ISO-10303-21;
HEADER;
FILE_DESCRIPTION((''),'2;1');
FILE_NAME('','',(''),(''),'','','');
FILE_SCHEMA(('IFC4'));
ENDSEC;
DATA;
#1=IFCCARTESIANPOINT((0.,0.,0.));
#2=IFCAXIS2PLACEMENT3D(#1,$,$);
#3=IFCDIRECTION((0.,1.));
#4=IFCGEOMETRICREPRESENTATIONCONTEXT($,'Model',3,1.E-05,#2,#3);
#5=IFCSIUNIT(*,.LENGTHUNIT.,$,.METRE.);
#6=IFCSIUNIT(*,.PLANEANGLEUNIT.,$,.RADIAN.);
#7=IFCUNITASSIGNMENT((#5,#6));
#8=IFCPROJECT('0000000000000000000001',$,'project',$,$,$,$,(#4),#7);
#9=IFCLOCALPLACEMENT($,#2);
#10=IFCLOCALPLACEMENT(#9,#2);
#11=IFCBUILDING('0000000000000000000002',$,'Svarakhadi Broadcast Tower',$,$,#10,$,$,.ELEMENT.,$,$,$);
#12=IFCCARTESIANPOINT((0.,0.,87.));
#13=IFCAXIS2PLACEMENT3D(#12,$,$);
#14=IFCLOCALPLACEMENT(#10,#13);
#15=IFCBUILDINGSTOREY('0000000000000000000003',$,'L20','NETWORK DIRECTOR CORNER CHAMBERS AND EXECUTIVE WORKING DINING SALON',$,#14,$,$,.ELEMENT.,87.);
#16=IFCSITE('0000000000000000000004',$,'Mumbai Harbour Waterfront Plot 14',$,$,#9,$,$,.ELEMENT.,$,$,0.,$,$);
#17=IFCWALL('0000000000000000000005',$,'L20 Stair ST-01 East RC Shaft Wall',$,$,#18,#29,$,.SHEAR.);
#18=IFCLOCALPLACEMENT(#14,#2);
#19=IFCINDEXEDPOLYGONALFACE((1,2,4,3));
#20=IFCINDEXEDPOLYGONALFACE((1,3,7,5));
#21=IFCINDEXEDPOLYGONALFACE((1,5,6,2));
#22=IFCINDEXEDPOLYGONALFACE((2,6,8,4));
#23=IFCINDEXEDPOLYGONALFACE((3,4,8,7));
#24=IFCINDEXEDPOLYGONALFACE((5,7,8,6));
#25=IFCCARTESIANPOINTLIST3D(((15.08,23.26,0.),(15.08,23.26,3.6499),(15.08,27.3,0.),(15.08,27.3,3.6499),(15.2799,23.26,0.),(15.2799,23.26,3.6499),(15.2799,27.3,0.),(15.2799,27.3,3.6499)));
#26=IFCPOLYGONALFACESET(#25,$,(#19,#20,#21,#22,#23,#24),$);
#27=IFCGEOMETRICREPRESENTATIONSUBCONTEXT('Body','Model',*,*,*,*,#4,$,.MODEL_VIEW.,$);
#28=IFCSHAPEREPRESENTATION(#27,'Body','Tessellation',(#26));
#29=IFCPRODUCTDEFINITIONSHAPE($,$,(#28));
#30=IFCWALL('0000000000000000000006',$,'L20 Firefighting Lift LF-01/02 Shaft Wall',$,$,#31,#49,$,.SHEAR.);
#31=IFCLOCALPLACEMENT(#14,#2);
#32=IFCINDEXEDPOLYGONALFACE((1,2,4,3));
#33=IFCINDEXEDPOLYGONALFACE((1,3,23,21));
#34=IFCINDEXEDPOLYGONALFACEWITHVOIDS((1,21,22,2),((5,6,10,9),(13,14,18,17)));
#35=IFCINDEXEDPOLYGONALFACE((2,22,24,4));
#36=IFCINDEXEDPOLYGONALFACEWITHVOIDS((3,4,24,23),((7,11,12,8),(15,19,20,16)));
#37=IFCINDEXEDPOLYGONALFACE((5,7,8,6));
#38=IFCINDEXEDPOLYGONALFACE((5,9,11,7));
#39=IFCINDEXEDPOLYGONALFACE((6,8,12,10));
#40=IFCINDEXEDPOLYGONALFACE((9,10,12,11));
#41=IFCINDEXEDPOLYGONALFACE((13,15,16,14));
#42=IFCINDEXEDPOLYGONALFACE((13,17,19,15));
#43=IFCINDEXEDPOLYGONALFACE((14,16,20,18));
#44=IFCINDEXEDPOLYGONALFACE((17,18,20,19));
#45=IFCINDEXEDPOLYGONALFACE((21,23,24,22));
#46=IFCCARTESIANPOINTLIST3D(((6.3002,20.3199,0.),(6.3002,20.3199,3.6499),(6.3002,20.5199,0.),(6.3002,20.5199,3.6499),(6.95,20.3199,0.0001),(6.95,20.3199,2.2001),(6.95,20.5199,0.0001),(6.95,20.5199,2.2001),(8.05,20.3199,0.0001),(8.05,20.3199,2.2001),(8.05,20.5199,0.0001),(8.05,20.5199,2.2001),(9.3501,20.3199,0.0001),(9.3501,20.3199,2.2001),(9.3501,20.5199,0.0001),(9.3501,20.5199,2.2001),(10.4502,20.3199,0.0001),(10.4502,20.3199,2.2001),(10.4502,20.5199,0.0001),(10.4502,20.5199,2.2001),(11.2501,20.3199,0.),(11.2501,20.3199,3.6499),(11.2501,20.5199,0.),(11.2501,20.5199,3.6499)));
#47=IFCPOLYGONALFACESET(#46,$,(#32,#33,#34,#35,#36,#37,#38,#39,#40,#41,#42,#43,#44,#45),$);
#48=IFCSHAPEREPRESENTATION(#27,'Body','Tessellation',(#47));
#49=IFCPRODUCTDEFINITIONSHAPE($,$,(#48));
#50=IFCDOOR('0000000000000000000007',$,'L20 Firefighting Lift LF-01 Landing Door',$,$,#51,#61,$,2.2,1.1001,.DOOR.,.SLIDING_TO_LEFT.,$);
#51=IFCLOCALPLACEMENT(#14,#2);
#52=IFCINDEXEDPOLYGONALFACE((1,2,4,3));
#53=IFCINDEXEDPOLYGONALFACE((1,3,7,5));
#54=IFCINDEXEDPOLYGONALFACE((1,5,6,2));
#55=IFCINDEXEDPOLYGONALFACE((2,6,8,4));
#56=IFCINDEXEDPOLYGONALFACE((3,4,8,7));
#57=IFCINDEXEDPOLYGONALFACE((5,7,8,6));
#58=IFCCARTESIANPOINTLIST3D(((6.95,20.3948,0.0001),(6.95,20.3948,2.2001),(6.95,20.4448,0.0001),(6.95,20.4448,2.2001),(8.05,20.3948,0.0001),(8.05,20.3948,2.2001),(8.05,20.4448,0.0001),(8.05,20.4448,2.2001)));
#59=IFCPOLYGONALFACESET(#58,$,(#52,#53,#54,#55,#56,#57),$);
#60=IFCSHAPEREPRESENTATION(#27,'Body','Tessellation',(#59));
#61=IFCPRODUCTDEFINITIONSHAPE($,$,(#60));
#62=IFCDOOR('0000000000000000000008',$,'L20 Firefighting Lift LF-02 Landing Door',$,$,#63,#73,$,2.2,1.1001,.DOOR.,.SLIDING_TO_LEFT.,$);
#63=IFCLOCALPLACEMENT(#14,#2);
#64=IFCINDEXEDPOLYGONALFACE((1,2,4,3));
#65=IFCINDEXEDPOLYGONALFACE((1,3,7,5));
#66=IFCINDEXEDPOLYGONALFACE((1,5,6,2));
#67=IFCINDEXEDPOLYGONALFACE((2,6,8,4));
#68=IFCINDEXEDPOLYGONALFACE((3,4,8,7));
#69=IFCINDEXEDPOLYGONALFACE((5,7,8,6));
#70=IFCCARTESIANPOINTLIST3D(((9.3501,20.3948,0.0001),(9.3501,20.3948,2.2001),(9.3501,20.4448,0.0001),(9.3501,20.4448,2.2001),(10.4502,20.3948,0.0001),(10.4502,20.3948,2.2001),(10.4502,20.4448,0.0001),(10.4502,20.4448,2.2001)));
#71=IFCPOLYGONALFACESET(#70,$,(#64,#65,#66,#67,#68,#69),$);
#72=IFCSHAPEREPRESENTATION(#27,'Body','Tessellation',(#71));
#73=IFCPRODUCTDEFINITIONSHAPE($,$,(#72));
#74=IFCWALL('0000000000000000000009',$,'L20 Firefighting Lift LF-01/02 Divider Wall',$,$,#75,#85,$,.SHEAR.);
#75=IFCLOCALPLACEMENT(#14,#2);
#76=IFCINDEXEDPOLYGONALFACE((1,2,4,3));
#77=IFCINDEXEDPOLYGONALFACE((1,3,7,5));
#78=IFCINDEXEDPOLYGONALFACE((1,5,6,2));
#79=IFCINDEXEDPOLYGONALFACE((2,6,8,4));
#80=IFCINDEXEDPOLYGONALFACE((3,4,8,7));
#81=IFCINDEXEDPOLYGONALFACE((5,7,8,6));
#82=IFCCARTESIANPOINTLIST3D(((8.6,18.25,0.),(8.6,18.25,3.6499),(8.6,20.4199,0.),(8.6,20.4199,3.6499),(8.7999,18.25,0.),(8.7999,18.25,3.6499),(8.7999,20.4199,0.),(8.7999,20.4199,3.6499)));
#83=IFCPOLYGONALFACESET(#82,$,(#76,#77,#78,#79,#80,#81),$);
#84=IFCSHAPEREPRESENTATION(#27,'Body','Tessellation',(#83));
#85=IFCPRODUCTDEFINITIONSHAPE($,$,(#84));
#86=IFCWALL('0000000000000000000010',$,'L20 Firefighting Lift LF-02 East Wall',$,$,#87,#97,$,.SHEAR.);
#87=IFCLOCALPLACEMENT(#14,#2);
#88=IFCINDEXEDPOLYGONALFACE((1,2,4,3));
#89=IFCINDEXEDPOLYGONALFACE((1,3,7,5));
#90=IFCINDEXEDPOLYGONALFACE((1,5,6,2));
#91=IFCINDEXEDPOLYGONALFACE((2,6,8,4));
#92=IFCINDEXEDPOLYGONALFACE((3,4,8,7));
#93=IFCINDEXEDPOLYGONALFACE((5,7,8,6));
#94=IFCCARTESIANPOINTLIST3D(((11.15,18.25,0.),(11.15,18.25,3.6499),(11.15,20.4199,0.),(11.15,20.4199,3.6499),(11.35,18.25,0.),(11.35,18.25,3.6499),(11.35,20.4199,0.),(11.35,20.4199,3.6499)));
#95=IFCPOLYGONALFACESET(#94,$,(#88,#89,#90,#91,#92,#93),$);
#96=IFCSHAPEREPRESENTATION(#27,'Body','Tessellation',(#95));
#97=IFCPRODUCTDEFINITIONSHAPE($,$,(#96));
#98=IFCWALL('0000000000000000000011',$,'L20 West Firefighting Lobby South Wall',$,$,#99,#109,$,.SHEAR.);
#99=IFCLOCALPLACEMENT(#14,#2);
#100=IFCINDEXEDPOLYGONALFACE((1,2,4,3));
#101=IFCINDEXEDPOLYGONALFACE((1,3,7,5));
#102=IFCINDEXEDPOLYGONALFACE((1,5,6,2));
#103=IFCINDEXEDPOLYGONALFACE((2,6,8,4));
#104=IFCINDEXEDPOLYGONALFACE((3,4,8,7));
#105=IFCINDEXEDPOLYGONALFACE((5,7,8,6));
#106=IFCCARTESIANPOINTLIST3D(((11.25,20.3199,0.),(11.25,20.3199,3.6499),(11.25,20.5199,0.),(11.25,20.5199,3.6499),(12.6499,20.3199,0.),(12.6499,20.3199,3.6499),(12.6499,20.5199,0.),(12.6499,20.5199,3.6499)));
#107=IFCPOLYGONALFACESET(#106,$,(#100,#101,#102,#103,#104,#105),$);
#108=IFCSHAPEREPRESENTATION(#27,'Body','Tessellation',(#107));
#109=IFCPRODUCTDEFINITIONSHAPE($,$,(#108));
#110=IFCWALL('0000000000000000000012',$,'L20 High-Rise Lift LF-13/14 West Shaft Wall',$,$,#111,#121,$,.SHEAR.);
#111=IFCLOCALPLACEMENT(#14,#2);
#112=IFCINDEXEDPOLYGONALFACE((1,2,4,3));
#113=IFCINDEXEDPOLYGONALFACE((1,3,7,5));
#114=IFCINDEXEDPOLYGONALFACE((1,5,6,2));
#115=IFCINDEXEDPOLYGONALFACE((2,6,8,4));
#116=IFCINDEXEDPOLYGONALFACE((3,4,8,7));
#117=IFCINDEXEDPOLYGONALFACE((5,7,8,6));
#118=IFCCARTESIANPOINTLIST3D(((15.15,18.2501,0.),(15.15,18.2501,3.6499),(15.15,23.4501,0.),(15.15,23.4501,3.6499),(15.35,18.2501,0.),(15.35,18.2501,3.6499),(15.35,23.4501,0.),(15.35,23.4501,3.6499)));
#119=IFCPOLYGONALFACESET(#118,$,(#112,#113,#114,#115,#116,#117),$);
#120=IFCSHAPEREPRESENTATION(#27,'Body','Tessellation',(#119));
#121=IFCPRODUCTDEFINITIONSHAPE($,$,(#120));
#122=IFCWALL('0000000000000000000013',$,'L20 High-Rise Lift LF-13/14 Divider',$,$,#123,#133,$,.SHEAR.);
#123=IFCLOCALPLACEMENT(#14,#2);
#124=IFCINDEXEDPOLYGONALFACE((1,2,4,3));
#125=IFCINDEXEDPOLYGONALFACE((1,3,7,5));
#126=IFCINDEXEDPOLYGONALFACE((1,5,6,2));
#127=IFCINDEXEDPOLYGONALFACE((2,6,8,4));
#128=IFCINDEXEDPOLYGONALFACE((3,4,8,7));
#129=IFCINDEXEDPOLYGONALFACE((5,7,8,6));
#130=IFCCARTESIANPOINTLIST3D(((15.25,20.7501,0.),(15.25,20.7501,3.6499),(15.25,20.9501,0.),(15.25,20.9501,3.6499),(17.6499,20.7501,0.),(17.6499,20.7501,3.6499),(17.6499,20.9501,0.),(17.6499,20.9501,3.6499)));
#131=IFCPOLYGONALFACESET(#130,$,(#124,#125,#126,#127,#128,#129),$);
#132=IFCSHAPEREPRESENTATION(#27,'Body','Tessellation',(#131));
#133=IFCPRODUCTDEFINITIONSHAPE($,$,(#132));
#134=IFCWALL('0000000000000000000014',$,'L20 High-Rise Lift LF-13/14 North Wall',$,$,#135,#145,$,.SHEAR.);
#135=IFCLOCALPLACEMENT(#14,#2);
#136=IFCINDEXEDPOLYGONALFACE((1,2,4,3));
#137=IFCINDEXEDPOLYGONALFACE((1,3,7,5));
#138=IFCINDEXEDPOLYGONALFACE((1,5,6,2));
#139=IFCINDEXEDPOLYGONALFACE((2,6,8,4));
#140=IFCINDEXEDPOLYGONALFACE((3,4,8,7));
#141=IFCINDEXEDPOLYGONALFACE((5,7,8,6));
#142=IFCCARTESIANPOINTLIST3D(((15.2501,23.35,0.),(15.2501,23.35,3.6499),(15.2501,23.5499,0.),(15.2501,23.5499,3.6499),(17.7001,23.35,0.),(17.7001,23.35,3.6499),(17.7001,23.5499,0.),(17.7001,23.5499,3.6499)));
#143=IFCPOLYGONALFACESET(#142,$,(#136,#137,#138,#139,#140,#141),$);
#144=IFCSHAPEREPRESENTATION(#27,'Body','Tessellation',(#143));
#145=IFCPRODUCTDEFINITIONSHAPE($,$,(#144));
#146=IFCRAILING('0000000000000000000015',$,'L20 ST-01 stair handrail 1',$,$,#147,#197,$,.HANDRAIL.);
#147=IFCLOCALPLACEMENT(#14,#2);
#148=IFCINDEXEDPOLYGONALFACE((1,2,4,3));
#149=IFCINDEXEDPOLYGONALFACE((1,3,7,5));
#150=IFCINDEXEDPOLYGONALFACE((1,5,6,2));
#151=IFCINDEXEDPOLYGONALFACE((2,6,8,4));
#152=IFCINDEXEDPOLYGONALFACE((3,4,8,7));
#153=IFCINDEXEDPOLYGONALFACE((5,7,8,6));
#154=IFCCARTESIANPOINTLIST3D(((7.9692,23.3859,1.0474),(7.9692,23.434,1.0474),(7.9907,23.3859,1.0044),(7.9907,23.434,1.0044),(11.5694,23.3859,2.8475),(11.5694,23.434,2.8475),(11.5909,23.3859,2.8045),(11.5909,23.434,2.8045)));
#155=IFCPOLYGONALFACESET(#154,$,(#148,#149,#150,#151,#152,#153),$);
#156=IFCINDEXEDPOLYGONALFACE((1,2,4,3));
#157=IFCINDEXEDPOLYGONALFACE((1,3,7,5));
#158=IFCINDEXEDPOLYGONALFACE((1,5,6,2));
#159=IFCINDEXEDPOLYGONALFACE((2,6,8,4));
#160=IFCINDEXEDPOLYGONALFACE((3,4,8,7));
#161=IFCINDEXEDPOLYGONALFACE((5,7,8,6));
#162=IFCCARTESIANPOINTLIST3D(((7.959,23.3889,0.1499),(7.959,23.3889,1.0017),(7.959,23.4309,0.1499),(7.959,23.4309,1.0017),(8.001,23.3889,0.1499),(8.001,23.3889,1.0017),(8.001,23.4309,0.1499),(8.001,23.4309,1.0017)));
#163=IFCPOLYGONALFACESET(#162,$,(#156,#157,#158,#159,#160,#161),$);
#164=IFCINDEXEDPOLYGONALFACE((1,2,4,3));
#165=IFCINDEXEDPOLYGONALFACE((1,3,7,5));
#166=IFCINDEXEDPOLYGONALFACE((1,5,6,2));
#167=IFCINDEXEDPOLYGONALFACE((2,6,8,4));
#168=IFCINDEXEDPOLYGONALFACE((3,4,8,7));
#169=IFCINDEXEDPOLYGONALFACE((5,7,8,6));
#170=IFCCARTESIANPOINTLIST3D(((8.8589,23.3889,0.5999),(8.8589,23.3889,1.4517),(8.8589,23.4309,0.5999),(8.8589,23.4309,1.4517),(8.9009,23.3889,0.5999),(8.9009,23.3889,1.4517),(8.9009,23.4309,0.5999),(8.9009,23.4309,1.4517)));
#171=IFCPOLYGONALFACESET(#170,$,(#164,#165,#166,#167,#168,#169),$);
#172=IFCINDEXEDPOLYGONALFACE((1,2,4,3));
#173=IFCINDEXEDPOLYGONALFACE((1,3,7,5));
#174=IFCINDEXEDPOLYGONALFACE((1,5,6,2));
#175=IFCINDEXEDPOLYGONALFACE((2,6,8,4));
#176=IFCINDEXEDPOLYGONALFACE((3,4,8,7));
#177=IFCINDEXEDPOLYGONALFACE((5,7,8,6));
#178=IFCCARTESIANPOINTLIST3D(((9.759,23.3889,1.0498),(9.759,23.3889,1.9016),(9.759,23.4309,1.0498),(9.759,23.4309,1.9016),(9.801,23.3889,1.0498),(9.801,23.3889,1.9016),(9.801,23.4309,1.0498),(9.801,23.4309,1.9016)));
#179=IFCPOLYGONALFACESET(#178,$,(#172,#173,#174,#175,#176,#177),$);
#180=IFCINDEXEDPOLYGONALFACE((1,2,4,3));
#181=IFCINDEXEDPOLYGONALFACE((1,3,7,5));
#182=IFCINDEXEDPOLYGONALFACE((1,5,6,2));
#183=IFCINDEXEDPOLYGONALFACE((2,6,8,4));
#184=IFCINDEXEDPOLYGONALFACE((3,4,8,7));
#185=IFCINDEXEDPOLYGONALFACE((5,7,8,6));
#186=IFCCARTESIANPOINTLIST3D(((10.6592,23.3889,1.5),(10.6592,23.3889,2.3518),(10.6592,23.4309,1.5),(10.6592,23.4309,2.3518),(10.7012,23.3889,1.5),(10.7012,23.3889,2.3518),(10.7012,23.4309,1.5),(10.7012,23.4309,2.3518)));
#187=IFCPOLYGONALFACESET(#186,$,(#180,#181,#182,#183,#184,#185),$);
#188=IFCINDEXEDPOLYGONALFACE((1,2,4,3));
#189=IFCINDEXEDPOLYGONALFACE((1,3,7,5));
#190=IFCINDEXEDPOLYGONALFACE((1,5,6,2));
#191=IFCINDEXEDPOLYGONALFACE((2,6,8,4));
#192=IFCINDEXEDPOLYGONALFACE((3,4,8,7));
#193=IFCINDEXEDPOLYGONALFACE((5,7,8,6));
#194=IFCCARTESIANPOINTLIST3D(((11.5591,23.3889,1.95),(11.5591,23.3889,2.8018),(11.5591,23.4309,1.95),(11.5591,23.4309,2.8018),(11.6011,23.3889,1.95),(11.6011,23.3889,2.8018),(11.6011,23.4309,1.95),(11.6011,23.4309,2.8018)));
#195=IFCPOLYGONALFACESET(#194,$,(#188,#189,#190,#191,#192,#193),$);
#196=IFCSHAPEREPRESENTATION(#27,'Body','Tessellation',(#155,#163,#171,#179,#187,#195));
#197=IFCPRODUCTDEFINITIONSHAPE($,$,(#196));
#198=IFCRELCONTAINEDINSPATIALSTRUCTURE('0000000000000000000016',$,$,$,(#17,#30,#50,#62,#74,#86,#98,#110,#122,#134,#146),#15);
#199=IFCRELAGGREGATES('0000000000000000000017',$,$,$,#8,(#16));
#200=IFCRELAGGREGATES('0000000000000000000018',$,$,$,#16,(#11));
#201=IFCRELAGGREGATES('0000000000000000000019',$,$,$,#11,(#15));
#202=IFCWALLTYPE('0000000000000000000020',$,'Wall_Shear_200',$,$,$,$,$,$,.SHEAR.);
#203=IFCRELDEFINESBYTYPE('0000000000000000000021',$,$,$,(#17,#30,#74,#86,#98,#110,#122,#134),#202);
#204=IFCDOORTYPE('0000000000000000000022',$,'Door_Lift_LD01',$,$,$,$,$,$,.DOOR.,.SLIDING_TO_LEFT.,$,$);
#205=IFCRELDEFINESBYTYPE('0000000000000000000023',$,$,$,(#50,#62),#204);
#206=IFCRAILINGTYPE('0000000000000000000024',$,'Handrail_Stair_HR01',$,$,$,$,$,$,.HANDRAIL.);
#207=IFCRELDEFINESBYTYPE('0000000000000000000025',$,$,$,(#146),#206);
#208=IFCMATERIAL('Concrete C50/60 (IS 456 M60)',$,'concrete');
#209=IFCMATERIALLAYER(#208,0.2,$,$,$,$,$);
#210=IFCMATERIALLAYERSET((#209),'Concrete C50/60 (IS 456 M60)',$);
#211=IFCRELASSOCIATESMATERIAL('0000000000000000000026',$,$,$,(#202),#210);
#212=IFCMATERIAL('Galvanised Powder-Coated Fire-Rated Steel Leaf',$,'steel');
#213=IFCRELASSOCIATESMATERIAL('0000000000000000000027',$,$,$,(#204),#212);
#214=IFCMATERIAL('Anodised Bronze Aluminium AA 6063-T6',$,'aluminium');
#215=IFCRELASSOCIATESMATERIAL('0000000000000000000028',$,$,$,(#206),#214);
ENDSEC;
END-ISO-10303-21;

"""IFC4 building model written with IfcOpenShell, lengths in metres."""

from ifc_helpers import new_model, si_unit, direction, frame, frame_2d, origin, origin_2d, place, context, subcontext, project, spatial, rectangle, extrude, material, layer, layer_set, type_object, element, fill, save


model = new_model("IFC4")

# Units and contexts
model_context = context("Model", 3, precision=1e-05, world=origin(), true_north=direction((0.0, 1.0)))
body_context = subcontext(model_context, "Body", "Model", "MODEL_VIEW")
ifc_project = project(units=[si_unit("LENGTHUNIT", "METRE"), si_unit("PLANEANGLEUNIT", "RADIAN")], contexts=[model_context])

# Site, building, storey
site_placement = place(None, origin())
site = spatial("IfcSite", under=ifc_project, at=site_placement, Name="Mumbai Harbour Waterfront Plot 14", CompositionType="ELEMENT", RefElevation=0.0)
building_placement = place(site_placement, origin())
building = spatial("IfcBuilding", under=site, at=building_placement, Name="Svarakhadi Broadcast Tower", CompositionType="ELEMENT")
storey_placement = place(building_placement, frame((0.0, 0.0, 87.0)))
storey = spatial("IfcBuildingStorey", under=building, at=storey_placement, Name="L20", Description="NETWORK DIRECTOR CORNER CHAMBERS AND EXECUTIVE WORKING DINING SALON", CompositionType="ELEMENT", Elevation=87.0)

# Shared definitions
ifc_material_1 = material(Name="Concrete C50/60 (IS 456 M60)", Category="concrete")

# Shared definitions
ifc_layer_1 = layer(ifc_material_1, 0.2)
ifc_layer_set_1 = layer_set([ifc_layer_1], Name="Concrete C50/60 (IS 456 M60)")
wall_type_1 = type_object("IfcWallType", Name="Wall_Shear_200", PredefinedType="SHEAR", material=ifc_layer_set_1)
ifc_material_2 = material(Name="Galvanised Powder-Coated Fire-Rated Steel Leaf", Category="steel")

# Wall
wall_1_placement = place(storey_placement, frame((15.1799, 23.26, 0.0), z_axis=(0.0, 0.0, 1.0), x_axis=(0.0, 1.0, 0.0)))
element("IfcWall", 1, at=wall_1_placement, inside=storey, type_object=wall_type_1, Name="L20 Stair ST-01 East RC Shaft Wall", PredefinedType="SHEAR", context=body_context, shape_type="SweptSolid", body=[
    extrude(rectangle(XDim=4.04, YDim=0.2, at=frame_2d((2.02, 0.0))), origin(), (0.0, 0.0, 1.0), 3.6499),
])

# Wall, openings, doors
wall_2_placement = place(storey_placement, frame((6.3, 20.4199, 0.0), z_axis=(0.0, 0.0, 1.0), x_axis=(1.0, 0.0, 0.0)))
wall_2 = element("IfcWall", 2, at=wall_2_placement, inside=storey, type_object=wall_type_1, Name="L20 Firefighting Lift LF-01/02 Shaft Wall", PredefinedType="SHEAR", context=body_context, shape_type="SweptSolid", body=[
    extrude(rectangle(XDim=4.95, YDim=0.2, at=frame_2d((2.4751, 0.0))), origin(), (0.0, 0.0, 1.0), 3.6499),
])
opening_1_placement = place(wall_2_placement, frame((0.6499, 0.0, 0.0)))
opening_1 = element("IfcOpeningElement", 3, at=opening_1_placement, cuts=wall_2, PredefinedType="OPENING", context=body_context, shape_type="SweptSolid", body=[
    extrude(rectangle(XDim=1.1001, YDim=2.2, at=frame_2d((0.55, 1.1001))), frame((0.0, 0.1099, 0.0), z_axis=(0.0, -1.0, 0.0), x_axis=(1.0, 0.0, 0.0)), (0.0, 0.0, 1.0), 0.22),
])
opening_2_placement = place(wall_2_placement, frame((3.05, 0.0, 0.0)))
opening_2 = element("IfcOpeningElement", 4, at=opening_2_placement, cuts=wall_2, PredefinedType="OPENING", context=body_context, shape_type="SweptSolid", body=[
    extrude(rectangle(XDim=1.1001, YDim=2.2, at=frame_2d((0.55, 1.1001))), frame((0.0, 0.1099, 0.0), z_axis=(0.0, -1.0, 0.0), x_axis=(1.0, 0.0, 0.0)), (0.0, 0.0, 1.0), 0.22),
])
door_type_1 = type_object("IfcDoorType", Name="Door_Lift_LD01", OperationType="SLIDING_TO_LEFT", PredefinedType="DOOR", material=ifc_material_2)
door_1_placement = place(opening_1_placement, origin())
door_1 = element("IfcDoor", 5, at=door_1_placement, inside=storey, type_object=door_type_1, Name="L20 Firefighting Lift LF-01 Landing Door", OperationType="SLIDING_TO_LEFT", OverallHeight=2.2, OverallWidth=1.1001, PredefinedType="DOOR", context=body_context, shape_type="SweptSolid", body=[
    extrude(rectangle(XDim=1.1001, YDim=2.2, at=frame_2d((0.55, 1.1001))), frame((0.0, 0.0249, 0.0), z_axis=(0.0, -1.0, 0.0), x_axis=(1.0, 0.0, 0.0)), (0.0, 0.0, 1.0), 0.05),
])
fill(opening_1, door_1)
door_2_placement = place(opening_2_placement, origin())
door_2 = element("IfcDoor", 6, at=door_2_placement, inside=storey, type_object=door_type_1, Name="L20 Firefighting Lift LF-02 Landing Door", OperationType="SLIDING_TO_LEFT", OverallHeight=2.2, OverallWidth=1.1001, PredefinedType="DOOR", context=body_context, shape_type="SweptSolid", body=[
    extrude(rectangle(XDim=1.1001, YDim=2.2, at=frame_2d((0.55, 1.1001))), frame((0.0, 0.0249, 0.0), z_axis=(0.0, -1.0, 0.0), x_axis=(1.0, 0.0, 0.0)), (0.0, 0.0, 1.0), 0.05),
])
fill(opening_2, door_2)

# Walls
for number, where, z_axis, x_axis, name in (
    (7, (8.7, 18.25, 0.0), (0.0, 0.0, 1.0), (0.0, 1.0, 0.0), "L20 Firefighting Lift LF-01/02 Divider Wall"),
    (8, (11.25, 18.25, 0.0), (0.0, 0.0, 1.0), (0.0, 1.0, 0.0), "L20 Firefighting Lift LF-02 East Wall"),
):
    element("IfcWall", number, at=place(storey_placement, frame(where, z_axis=z_axis, x_axis=x_axis)), inside=storey, type_object=wall_type_1, Name=name, PredefinedType="SHEAR", context=body_context, shape_type="SweptSolid", body=[
        extrude(rectangle(XDim=2.1699, YDim=0.2, at=frame_2d((1.085, 0.0))), origin(), (0.0, 0.0, 1.0), 3.6499),
    ])
wall_3_placement = place(storey_placement, frame((11.25, 20.4199, 0.0), z_axis=(0.0, 0.0, 1.0), x_axis=(1.0, 0.0, 0.0)))
element("IfcWall", 9, at=wall_3_placement, inside=storey, type_object=wall_type_1, Name="L20 West Firefighting Lobby South Wall", PredefinedType="SHEAR", context=body_context, shape_type="SweptSolid", body=[
    extrude(rectangle(XDim=1.3999, YDim=0.2, at=frame_2d((0.7, 0.0))), origin(), (0.0, 0.0, 1.0), 3.6499),
])

# Walls
wall_4_placement = place(storey_placement, frame((15.25, 18.25, 0.0), z_axis=(0.0, 0.0, 1.0), x_axis=(0.0, 1.0, 0.0)))
element("IfcWall", 10, at=wall_4_placement, inside=storey, type_object=wall_type_1, Name="L20 High-Rise Lift LF-13/14 West Shaft Wall", PredefinedType="SHEAR", context=body_context, shape_type="SweptSolid", body=[
    extrude(rectangle(XDim=5.2, YDim=0.2, at=frame_2d((2.6001, 0.0))), origin(), (0.0, 0.0, 1.0), 3.6499),
])
wall_5_placement = place(storey_placement, frame((15.25, 20.8501, 0.0), z_axis=(0.0, 0.0, 1.0), x_axis=(1.0, 0.0, 0.0)))
element("IfcWall", 11, at=wall_5_placement, inside=storey, type_object=wall_type_1, Name="L20 High-Rise Lift LF-13/14 Divider", PredefinedType="SHEAR", context=body_context, shape_type="SweptSolid", body=[
    extrude(rectangle(XDim=2.3999, YDim=0.2, at=frame_2d((1.2, 0.0))), origin(), (0.0, 0.0, 1.0), 3.6499),
])
wall_6_placement = place(storey_placement, frame((15.25, 23.45, 0.0), z_axis=(0.0, 0.0, 1.0), x_axis=(1.0, 0.0, 0.0)))
element("IfcWall", 12, at=wall_6_placement, inside=storey, type_object=wall_type_1, Name="L20 High-Rise Lift LF-13/14 North Wall", PredefinedType="SHEAR", context=body_context, shape_type="SweptSolid", body=[
    extrude(rectangle(XDim=2.45, YDim=0.2, at=frame_2d((1.2251, 0.0))), origin(), (0.0, 0.0, 1.0), 3.6499),
])

# Railing
ifc_material_3 = material(Name="Anodised Bronze Aluminium AA 6063-T6", Category="aluminium")
railing_type = type_object("IfcRailingType", Name="Handrail_Stair_HR01", PredefinedType="HANDRAIL", material=ifc_material_3)
railing_placement = place(storey_placement, frame((7.98, 23.4099, 0.1499)))
element("IfcRailing", 13, at=railing_placement, inside=storey, type_object=railing_type, Name="L20 ST-01 stair handrail 1", PredefinedType="HANDRAIL", context=body_context, shape_type="SweptSolid", body=[
    extrude(rectangle(XDim=0.0481, YDim=0.0481, at=origin_2d()), frame((0.0, 0.0, 0.876), z_axis=(0.894427, 0.0, 0.447214), x_axis=(0.0, 1.0, 0.0)), (0.0, 0.0, 1.0), 4.0251),
    extrude(rectangle(XDim=0.042, YDim=0.042, at=origin_2d()), origin(), (0.0, 0.0, 1.0), 0.8518),
    extrude(rectangle(XDim=0.042, YDim=0.042, at=origin_2d()), frame((0.8999, 0.0, 0.45)), (0.0, 0.0, 1.0), 0.8518),
    extrude(rectangle(XDim=0.042, YDim=0.042, at=origin_2d()), frame((1.8, 0.0, 0.8999)), (0.0, 0.0, 1.0), 0.8518),
    extrude(rectangle(XDim=0.042, YDim=0.042, at=origin_2d()), frame((2.7002, 0.0, 1.3501)), (0.0, 0.0, 1.0), 0.8518),
    extrude(rectangle(XDim=0.042, YDim=0.042, at=origin_2d()), frame((3.6001, 0.0, 1.8)), (0.0, 0.0, 1.0), 0.8518),
])

save(model, "model.ifc")
